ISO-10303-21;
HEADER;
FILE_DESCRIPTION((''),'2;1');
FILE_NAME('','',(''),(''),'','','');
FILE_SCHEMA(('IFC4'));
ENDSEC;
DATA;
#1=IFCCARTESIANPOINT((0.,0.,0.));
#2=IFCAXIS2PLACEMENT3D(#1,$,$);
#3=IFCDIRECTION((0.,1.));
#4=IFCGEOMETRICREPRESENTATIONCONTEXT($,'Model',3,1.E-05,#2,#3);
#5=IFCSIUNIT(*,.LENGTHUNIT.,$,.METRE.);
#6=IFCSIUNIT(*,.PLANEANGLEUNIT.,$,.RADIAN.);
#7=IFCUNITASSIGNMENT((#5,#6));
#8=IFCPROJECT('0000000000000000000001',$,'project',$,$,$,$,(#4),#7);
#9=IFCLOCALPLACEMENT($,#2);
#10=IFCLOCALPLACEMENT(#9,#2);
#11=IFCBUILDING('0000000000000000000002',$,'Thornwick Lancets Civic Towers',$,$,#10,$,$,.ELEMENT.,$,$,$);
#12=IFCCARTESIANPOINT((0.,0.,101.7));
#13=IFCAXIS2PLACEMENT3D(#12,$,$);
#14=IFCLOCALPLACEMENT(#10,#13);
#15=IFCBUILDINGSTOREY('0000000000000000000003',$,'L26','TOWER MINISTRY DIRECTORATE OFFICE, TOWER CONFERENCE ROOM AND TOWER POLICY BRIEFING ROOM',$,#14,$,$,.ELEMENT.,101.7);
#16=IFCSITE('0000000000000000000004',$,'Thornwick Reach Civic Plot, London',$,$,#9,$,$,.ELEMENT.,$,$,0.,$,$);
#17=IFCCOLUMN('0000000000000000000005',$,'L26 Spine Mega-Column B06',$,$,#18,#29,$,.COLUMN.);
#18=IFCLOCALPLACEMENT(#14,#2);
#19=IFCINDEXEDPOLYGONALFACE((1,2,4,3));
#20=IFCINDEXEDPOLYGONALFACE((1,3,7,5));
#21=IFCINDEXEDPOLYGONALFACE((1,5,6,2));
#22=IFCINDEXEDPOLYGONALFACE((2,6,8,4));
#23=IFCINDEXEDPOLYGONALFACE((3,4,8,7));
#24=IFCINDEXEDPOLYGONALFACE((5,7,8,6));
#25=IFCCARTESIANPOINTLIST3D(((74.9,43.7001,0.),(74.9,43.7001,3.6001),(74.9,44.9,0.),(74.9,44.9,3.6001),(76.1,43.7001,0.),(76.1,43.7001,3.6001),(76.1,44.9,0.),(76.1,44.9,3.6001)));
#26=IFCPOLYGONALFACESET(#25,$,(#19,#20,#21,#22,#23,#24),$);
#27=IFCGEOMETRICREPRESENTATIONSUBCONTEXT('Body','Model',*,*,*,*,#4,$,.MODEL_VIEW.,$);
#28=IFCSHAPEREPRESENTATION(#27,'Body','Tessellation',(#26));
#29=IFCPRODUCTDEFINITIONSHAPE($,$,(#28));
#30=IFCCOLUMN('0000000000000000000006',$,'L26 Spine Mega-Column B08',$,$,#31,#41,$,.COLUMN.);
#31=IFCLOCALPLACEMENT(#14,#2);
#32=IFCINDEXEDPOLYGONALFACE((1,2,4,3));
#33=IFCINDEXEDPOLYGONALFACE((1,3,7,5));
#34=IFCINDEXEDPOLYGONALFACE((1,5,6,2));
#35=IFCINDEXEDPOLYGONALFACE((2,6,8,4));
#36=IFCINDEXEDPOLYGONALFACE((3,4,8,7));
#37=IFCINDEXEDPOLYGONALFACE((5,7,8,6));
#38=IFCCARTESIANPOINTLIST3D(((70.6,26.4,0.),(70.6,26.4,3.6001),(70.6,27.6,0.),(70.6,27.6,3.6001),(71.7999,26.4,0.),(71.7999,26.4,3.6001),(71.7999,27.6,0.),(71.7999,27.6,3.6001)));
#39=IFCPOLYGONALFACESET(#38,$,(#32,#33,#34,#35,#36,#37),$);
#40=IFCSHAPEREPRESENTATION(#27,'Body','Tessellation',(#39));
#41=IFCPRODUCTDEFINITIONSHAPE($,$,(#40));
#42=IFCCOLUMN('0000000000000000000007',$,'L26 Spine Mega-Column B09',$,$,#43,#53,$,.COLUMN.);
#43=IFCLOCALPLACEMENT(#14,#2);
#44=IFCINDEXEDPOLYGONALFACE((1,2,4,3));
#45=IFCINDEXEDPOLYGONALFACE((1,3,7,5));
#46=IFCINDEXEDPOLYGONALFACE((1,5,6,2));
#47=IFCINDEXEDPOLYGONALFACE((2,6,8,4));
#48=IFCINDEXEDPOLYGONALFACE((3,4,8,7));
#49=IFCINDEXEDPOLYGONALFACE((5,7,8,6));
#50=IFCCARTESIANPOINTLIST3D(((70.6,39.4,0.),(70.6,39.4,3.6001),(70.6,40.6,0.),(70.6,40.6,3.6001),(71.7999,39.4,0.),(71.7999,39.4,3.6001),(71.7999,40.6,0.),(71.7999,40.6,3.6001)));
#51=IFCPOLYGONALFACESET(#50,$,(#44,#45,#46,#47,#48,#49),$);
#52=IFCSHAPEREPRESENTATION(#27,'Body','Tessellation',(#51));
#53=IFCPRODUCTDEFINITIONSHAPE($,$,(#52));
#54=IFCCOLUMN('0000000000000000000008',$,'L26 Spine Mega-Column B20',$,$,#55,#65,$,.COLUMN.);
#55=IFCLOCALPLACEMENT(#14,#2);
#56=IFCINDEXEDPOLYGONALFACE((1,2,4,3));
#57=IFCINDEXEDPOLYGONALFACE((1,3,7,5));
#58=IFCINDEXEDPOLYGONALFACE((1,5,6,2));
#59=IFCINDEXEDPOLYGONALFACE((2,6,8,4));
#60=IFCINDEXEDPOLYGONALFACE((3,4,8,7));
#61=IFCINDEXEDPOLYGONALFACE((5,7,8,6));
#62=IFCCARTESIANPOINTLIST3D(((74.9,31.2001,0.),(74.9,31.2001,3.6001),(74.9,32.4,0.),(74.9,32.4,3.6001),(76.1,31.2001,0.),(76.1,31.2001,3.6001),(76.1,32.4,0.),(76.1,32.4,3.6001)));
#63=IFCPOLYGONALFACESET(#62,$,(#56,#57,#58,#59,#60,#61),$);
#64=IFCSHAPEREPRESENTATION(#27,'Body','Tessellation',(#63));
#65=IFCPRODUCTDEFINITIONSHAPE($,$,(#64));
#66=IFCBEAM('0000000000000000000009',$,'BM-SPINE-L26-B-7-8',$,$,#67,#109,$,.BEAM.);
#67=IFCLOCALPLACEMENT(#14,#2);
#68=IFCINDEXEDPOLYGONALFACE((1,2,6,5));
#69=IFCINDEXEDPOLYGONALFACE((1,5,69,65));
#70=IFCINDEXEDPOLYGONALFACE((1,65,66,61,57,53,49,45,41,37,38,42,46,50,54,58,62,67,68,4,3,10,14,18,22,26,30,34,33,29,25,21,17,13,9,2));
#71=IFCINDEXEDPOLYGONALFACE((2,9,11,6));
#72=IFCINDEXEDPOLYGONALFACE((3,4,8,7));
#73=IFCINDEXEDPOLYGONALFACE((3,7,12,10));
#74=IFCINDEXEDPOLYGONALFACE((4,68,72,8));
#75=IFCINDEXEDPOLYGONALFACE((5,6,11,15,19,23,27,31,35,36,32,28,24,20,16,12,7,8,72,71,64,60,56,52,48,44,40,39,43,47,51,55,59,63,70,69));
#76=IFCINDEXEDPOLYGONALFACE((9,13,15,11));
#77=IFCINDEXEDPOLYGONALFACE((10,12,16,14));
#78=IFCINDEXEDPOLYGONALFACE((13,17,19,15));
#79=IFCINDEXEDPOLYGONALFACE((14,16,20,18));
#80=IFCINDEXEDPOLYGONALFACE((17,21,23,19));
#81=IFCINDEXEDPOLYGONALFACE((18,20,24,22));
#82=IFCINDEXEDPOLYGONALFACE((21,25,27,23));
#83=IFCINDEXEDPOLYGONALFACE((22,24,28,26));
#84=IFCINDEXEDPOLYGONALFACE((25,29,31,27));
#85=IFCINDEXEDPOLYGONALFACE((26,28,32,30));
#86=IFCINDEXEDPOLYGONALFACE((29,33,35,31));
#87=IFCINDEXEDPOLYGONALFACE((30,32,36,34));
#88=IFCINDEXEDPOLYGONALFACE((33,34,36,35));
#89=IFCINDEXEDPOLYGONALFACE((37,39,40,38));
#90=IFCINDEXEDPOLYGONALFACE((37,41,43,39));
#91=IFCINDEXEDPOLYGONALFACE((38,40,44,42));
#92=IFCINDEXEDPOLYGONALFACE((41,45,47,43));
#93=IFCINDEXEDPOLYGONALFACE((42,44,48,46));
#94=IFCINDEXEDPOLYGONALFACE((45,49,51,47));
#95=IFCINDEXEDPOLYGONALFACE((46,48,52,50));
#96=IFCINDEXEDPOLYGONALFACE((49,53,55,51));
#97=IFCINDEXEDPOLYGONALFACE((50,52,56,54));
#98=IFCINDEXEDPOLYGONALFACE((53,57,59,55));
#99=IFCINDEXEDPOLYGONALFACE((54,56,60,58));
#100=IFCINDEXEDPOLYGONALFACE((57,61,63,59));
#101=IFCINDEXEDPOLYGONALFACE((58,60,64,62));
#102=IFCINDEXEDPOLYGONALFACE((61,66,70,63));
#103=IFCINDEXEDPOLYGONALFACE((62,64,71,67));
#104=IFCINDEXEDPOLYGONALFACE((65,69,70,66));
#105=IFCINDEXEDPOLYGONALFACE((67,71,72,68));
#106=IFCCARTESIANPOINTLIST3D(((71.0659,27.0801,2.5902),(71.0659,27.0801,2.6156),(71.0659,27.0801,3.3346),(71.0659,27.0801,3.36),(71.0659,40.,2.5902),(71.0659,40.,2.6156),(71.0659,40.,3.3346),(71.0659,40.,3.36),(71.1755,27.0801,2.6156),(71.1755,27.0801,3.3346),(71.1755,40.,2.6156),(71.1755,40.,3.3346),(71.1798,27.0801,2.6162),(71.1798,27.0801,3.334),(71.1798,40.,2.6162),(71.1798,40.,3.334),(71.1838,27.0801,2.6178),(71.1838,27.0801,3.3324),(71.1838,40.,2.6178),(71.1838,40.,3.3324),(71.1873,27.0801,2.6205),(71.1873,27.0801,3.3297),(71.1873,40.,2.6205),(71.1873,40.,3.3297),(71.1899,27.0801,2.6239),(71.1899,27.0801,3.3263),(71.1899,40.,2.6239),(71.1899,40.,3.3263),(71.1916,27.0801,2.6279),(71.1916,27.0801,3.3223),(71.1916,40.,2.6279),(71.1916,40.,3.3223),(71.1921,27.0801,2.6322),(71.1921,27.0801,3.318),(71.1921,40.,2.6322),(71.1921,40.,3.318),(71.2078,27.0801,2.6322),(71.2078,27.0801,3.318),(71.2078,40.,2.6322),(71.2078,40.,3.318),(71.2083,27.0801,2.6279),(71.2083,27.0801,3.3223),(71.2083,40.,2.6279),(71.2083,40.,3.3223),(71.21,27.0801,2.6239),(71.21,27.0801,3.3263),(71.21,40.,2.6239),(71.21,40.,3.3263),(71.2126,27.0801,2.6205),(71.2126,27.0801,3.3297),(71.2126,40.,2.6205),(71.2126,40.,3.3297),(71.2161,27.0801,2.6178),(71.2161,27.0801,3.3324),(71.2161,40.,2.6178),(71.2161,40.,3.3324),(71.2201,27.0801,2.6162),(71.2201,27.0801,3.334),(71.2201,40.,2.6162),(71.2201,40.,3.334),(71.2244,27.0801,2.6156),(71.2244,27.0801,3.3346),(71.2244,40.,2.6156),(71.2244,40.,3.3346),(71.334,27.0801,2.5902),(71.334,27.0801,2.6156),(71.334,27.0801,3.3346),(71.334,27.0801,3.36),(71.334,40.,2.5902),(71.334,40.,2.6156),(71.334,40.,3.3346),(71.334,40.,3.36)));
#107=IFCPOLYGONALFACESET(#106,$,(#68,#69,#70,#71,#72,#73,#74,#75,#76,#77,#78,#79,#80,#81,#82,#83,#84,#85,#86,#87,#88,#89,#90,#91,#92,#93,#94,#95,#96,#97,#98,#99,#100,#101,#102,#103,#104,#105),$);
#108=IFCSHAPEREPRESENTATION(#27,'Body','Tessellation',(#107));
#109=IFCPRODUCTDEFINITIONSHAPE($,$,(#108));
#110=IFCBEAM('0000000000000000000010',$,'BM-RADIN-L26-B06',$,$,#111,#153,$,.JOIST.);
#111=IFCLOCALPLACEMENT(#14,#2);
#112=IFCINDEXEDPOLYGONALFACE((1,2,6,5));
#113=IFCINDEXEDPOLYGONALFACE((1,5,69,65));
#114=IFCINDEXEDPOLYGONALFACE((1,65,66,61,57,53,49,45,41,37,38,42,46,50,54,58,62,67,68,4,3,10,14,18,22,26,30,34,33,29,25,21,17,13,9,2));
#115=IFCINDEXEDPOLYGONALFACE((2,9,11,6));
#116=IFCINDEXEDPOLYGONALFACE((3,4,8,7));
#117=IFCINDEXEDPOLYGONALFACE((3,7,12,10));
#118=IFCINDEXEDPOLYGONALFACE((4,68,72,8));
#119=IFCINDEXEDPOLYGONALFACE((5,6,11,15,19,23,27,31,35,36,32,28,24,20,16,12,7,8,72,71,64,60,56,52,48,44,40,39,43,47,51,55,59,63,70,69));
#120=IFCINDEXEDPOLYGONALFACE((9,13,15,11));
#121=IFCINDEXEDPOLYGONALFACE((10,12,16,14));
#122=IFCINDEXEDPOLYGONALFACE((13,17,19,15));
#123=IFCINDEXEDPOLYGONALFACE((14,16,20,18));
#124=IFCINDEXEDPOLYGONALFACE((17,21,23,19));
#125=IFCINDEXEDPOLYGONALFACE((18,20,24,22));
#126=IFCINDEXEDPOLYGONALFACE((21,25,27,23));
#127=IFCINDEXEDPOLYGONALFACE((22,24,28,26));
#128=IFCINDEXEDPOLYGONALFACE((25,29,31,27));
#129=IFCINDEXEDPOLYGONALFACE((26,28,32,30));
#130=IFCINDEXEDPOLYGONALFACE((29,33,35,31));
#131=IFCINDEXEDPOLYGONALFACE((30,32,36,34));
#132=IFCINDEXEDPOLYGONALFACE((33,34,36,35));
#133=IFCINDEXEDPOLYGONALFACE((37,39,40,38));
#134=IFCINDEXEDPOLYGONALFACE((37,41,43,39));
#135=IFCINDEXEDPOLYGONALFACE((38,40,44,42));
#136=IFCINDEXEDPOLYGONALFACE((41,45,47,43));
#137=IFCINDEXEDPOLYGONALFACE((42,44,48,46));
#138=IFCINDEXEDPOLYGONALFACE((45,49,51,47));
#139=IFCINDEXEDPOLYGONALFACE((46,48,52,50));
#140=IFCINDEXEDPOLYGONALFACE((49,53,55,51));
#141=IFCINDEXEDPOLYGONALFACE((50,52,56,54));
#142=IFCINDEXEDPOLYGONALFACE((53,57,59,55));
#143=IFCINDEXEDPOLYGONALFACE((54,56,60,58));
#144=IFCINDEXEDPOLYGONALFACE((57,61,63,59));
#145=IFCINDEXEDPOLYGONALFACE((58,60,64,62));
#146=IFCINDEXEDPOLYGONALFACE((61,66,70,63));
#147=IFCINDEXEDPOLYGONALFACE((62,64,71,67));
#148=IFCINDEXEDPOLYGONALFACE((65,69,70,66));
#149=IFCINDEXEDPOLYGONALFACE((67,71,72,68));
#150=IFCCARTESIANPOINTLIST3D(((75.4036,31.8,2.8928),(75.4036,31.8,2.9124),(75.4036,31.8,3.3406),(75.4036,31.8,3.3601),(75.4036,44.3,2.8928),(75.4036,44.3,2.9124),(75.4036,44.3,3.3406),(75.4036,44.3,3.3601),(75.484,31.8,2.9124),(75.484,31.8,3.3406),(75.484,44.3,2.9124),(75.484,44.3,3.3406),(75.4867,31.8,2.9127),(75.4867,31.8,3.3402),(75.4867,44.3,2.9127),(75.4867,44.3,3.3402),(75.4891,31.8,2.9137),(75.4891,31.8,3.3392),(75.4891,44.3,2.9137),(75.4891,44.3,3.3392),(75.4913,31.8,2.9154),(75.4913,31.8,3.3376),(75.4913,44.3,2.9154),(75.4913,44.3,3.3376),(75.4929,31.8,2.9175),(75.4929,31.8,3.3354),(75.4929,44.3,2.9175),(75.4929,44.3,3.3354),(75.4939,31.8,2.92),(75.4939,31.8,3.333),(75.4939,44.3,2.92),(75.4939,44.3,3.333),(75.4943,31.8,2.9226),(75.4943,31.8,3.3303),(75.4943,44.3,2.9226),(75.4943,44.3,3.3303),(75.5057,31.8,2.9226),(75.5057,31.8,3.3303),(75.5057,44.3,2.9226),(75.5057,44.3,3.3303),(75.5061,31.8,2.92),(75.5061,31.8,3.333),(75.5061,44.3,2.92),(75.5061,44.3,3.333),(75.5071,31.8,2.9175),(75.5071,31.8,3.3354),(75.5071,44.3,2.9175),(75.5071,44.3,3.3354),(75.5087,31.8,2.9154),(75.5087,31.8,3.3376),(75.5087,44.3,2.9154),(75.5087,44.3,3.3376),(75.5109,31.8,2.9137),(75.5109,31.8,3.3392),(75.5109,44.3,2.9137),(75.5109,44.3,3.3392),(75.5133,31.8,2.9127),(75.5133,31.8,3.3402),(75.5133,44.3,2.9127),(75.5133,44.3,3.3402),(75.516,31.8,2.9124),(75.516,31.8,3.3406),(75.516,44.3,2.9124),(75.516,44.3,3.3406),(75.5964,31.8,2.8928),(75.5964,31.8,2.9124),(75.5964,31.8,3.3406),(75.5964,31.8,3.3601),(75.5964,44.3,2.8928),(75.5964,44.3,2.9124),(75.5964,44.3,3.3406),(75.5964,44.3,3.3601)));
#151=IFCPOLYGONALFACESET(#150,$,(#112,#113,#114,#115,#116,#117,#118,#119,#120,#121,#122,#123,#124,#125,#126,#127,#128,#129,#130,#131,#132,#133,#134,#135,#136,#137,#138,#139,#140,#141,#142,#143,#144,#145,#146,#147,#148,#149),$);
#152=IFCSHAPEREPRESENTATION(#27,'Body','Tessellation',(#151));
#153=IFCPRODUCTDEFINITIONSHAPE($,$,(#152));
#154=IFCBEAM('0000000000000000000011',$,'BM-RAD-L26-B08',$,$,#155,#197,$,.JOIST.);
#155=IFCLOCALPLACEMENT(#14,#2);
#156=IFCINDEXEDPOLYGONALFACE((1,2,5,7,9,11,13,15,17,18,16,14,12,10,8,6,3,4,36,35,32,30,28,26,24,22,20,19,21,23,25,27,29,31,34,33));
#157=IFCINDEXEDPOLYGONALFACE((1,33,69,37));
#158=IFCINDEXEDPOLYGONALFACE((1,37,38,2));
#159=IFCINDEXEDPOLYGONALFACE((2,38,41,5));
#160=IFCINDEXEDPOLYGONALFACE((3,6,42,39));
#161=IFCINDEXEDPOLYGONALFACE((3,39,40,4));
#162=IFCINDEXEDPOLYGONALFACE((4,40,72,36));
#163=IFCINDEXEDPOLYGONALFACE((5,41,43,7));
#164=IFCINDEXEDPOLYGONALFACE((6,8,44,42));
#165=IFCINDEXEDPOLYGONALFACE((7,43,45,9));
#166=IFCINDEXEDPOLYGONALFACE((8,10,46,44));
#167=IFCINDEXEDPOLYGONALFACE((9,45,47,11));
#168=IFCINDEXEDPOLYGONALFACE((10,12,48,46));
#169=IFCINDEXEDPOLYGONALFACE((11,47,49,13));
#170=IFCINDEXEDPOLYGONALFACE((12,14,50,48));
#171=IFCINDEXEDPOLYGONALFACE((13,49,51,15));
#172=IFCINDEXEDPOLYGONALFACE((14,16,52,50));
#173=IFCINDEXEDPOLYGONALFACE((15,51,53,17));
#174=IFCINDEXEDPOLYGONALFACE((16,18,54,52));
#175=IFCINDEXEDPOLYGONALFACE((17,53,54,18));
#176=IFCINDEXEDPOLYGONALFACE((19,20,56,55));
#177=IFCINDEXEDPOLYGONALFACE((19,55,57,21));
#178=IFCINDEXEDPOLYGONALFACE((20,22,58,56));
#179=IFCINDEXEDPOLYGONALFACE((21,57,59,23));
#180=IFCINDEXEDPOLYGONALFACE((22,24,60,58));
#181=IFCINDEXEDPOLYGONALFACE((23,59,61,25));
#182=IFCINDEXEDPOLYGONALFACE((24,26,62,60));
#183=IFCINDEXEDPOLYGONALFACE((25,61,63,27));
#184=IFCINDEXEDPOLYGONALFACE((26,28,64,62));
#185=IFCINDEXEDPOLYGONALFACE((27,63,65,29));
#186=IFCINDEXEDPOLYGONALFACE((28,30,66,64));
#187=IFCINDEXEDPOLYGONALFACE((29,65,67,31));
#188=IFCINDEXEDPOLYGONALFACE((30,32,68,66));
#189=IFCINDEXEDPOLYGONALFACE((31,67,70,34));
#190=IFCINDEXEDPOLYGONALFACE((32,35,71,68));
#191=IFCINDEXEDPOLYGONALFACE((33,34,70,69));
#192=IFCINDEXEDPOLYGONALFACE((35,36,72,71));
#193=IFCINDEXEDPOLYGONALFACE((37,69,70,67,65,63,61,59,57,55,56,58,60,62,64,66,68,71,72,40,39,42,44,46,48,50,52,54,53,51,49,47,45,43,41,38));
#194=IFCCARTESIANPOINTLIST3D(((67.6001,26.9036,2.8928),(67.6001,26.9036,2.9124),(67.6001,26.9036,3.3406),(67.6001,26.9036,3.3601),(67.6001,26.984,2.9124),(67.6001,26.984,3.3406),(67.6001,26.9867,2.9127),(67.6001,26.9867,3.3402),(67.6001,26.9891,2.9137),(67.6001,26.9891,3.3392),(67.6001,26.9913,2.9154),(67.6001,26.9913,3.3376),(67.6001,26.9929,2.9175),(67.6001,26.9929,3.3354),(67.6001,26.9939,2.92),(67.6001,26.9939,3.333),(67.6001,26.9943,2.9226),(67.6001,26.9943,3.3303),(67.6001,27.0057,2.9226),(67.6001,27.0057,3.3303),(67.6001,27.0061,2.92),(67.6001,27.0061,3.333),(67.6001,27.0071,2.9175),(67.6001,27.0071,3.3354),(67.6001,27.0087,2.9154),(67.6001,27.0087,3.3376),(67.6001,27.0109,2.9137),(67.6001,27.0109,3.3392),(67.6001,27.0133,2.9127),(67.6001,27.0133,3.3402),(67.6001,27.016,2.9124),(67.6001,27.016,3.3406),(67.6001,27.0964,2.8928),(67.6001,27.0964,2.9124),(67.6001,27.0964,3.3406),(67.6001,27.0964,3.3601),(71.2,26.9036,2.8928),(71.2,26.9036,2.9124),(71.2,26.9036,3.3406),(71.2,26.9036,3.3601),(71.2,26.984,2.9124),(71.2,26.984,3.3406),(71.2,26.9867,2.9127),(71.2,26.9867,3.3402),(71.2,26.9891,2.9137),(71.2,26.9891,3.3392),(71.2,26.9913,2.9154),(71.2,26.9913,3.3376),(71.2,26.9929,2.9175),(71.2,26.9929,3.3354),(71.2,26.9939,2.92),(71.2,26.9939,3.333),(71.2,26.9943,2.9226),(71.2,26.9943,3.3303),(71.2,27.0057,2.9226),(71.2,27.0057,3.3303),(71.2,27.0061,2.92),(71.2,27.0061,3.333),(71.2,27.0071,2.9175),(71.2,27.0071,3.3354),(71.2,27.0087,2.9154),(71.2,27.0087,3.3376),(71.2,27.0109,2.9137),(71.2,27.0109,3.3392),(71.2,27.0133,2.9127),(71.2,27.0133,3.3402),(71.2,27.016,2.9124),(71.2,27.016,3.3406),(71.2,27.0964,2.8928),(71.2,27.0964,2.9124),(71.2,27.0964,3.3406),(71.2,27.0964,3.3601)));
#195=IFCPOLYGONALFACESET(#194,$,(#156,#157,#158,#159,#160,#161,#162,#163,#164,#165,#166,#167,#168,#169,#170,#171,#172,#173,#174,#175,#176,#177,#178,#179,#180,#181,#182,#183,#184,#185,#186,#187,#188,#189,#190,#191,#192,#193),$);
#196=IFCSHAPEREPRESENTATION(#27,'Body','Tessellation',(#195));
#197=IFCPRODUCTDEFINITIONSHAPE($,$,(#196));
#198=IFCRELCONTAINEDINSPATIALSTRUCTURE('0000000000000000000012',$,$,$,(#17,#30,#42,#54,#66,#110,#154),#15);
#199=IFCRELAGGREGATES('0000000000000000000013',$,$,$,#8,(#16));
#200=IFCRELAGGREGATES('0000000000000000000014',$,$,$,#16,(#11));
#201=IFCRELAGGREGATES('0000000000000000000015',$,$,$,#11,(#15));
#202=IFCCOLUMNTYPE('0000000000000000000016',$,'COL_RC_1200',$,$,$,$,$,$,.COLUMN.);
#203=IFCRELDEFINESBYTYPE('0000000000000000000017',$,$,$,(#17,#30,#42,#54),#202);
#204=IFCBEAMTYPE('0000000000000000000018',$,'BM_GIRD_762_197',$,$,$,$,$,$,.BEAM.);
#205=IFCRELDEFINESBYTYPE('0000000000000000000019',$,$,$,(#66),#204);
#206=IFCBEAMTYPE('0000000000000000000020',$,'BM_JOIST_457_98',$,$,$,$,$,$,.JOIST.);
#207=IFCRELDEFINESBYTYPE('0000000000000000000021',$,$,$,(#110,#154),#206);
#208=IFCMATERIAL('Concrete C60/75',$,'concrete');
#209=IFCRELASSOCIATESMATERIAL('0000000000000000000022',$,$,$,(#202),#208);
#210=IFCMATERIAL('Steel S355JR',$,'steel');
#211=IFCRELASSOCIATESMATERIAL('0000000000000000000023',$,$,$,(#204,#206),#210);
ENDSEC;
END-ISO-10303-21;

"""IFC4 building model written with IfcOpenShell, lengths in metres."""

from ifc_helpers import new_model, si_unit, direction, frame, origin, origin_2d, place, context, subcontext, project, spatial, rectangle, i_section, extrude, material, material_profile, profile_set, type_object, element, save


model = new_model("IFC4")

# Units and contexts
model_context = context("Model", 3, precision=1e-05, world=origin(), true_north=direction((0.0, 1.0)))
body_context = subcontext(model_context, "Body", "Model", "MODEL_VIEW")
ifc_project = project(units=[si_unit("LENGTHUNIT", "METRE"), si_unit("PLANEANGLEUNIT", "RADIAN")], contexts=[model_context])

# Site, building, storey
site_placement = place(None, origin())
site = spatial("IfcSite", under=ifc_project, at=site_placement, Name="Thornwick Reach Civic Plot, London", CompositionType="ELEMENT", RefElevation=0.0)
building_placement = place(site_placement, origin())
building = spatial("IfcBuilding", under=site, at=building_placement, Name="Thornwick Lancets Civic Towers", CompositionType="ELEMENT")
storey_placement = place(building_placement, frame((0.0, 0.0, 101.7)))
storey = spatial("IfcBuildingStorey", under=building, at=storey_placement, Name="L26", Description="TOWER MINISTRY DIRECTORATE OFFICE, TOWER CONFERENCE ROOM AND TOWER POLICY BRIEFING ROOM", CompositionType="ELEMENT", Elevation=101.7)

# Columns
ifc_material_1 = material(Name="Concrete C60/75", Category="concrete")
ifc_material_profile_1 = material_profile(ifc_material_1, rectangle(XDim=1.2, YDim=1.2, at=origin_2d()), Name="RC 1200x1200")
ifc_profile_set_1 = profile_set([ifc_material_profile_1], Name="Concrete C60/75")
column_type = type_object("IfcColumnType", Name="COL_RC_1200", PredefinedType="COLUMN", material=ifc_profile_set_1)
for number, where, z_axis, x_axis, name in (
    (1, (75.5, 44.3, 0.0), (0.0, 0.0, 1.0), (1.0, 0.0, 0.0), "L26 Spine Mega-Column B06"),
    (2, (71.2, 27.0, 0.0), (0.0, 0.0, 1.0), (1.0, 0.0, 0.0), "L26 Spine Mega-Column B08"),
    (3, (71.2, 40.0, 0.0), (0.0, 0.0, 1.0), (1.0, 0.0, 0.0), "L26 Spine Mega-Column B09"),
    (4, (75.5, 31.8, 0.0), (0.0, 0.0, 1.0), (1.0, 0.0, 0.0), "L26 Spine Mega-Column B20"),
):
    element("IfcColumn", number, at=place(storey_placement, frame(where, z_axis=z_axis, x_axis=x_axis)), inside=storey, type_object=column_type, Name=name, PredefinedType="COLUMN", context=body_context, shape_type="SweptSolid", body=[
        extrude(rectangle(XDim=1.2, YDim=1.2, at=origin_2d()), origin(), (0.0, 0.0, 1.0), 3.6001),
    ])

# Beams
ifc_material_2 = material(Name="Steel S355JR", Category="steel")
ifc_material_profile_2 = material_profile(ifc_material_2, i_section(OverallWidth=0.2681, OverallDepth=0.7698, WebThickness=0.0156, FlangeThickness=0.0254, FilletRadius=0.0166, at=origin_2d()), Name="UKB 762x267x197")
ifc_profile_set_2 = profile_set([ifc_material_profile_2], Name="Steel S355JR")
beam_type_1 = type_object("IfcBeamType", Name="BM_GIRD_762_197", PredefinedType="BEAM", material=ifc_profile_set_2)
beam_1_placement = place(storey_placement, frame((71.2, 27.0801, 2.9751), z_axis=(0.0, 1.0, 0.0), x_axis=(-1.0, 0.0, 0.0)))
element("IfcBeam", 5, at=beam_1_placement, inside=storey, type_object=beam_type_1, Name="BM-SPINE-L26-B-7-8", PredefinedType="BEAM", context=body_context, shape_type="SweptSolid", body=[
    extrude(i_section(OverallWidth=0.2681, OverallDepth=0.7698, WebThickness=0.0156, FlangeThickness=0.0254, FilletRadius=0.0166, at=origin_2d()), origin(), (0.0, 0.0, 1.0), 12.9199),
])
ifc_material_profile_3 = material_profile(ifc_material_2, i_section(OverallWidth=0.1929, OverallDepth=0.4673, WebThickness=0.0115, FlangeThickness=0.0195, FilletRadius=0.0103, at=origin_2d()), Name="UKB 457x191x98")
ifc_profile_set_3 = profile_set([ifc_material_profile_3], Name="Steel S355JR")
beam_type_2 = type_object("IfcBeamType", Name="BM_JOIST_457_98", PredefinedType="JOIST", material=ifc_profile_set_3)
beam_2_placement = place(storey_placement, frame((75.5, 31.8, 3.1265), z_axis=(0.0, 1.0, 0.0), x_axis=(-1.0, 0.0, 0.0)))
element("IfcBeam", 6, at=beam_2_placement, inside=storey, type_object=beam_type_2, Name="BM-RADIN-L26-B06", PredefinedType="JOIST", context=body_context, shape_type="SweptSolid", body=[
    extrude(i_section(OverallWidth=0.1929, OverallDepth=0.4673, WebThickness=0.0115, FlangeThickness=0.0195, FilletRadius=0.0103, at=origin_2d()), origin(), (0.0, 0.0, 1.0), 12.5),
])
for number, where, z_axis, x_axis, name in (
    (7, (71.2, 27.0, 3.1265), (-1.0, 0.0, 0.0), (0.0, -1.0, 0.0), "BM-RAD-L26-B08"),
):
    element("IfcBeam", number, at=place(storey_placement, frame(where, z_axis=z_axis, x_axis=x_axis)), inside=storey, type_object=beam_type_2, Name=name, PredefinedType="JOIST", context=body_context, shape_type="SweptSolid", body=[
        extrude(i_section(OverallWidth=0.1929, OverallDepth=0.4673, WebThickness=0.0115, FlangeThickness=0.0195, FilletRadius=0.0103, at=origin_2d()), origin(), (0.0, 0.0, 1.0), 3.5999),
    ])

save(model, "model.ifc")
